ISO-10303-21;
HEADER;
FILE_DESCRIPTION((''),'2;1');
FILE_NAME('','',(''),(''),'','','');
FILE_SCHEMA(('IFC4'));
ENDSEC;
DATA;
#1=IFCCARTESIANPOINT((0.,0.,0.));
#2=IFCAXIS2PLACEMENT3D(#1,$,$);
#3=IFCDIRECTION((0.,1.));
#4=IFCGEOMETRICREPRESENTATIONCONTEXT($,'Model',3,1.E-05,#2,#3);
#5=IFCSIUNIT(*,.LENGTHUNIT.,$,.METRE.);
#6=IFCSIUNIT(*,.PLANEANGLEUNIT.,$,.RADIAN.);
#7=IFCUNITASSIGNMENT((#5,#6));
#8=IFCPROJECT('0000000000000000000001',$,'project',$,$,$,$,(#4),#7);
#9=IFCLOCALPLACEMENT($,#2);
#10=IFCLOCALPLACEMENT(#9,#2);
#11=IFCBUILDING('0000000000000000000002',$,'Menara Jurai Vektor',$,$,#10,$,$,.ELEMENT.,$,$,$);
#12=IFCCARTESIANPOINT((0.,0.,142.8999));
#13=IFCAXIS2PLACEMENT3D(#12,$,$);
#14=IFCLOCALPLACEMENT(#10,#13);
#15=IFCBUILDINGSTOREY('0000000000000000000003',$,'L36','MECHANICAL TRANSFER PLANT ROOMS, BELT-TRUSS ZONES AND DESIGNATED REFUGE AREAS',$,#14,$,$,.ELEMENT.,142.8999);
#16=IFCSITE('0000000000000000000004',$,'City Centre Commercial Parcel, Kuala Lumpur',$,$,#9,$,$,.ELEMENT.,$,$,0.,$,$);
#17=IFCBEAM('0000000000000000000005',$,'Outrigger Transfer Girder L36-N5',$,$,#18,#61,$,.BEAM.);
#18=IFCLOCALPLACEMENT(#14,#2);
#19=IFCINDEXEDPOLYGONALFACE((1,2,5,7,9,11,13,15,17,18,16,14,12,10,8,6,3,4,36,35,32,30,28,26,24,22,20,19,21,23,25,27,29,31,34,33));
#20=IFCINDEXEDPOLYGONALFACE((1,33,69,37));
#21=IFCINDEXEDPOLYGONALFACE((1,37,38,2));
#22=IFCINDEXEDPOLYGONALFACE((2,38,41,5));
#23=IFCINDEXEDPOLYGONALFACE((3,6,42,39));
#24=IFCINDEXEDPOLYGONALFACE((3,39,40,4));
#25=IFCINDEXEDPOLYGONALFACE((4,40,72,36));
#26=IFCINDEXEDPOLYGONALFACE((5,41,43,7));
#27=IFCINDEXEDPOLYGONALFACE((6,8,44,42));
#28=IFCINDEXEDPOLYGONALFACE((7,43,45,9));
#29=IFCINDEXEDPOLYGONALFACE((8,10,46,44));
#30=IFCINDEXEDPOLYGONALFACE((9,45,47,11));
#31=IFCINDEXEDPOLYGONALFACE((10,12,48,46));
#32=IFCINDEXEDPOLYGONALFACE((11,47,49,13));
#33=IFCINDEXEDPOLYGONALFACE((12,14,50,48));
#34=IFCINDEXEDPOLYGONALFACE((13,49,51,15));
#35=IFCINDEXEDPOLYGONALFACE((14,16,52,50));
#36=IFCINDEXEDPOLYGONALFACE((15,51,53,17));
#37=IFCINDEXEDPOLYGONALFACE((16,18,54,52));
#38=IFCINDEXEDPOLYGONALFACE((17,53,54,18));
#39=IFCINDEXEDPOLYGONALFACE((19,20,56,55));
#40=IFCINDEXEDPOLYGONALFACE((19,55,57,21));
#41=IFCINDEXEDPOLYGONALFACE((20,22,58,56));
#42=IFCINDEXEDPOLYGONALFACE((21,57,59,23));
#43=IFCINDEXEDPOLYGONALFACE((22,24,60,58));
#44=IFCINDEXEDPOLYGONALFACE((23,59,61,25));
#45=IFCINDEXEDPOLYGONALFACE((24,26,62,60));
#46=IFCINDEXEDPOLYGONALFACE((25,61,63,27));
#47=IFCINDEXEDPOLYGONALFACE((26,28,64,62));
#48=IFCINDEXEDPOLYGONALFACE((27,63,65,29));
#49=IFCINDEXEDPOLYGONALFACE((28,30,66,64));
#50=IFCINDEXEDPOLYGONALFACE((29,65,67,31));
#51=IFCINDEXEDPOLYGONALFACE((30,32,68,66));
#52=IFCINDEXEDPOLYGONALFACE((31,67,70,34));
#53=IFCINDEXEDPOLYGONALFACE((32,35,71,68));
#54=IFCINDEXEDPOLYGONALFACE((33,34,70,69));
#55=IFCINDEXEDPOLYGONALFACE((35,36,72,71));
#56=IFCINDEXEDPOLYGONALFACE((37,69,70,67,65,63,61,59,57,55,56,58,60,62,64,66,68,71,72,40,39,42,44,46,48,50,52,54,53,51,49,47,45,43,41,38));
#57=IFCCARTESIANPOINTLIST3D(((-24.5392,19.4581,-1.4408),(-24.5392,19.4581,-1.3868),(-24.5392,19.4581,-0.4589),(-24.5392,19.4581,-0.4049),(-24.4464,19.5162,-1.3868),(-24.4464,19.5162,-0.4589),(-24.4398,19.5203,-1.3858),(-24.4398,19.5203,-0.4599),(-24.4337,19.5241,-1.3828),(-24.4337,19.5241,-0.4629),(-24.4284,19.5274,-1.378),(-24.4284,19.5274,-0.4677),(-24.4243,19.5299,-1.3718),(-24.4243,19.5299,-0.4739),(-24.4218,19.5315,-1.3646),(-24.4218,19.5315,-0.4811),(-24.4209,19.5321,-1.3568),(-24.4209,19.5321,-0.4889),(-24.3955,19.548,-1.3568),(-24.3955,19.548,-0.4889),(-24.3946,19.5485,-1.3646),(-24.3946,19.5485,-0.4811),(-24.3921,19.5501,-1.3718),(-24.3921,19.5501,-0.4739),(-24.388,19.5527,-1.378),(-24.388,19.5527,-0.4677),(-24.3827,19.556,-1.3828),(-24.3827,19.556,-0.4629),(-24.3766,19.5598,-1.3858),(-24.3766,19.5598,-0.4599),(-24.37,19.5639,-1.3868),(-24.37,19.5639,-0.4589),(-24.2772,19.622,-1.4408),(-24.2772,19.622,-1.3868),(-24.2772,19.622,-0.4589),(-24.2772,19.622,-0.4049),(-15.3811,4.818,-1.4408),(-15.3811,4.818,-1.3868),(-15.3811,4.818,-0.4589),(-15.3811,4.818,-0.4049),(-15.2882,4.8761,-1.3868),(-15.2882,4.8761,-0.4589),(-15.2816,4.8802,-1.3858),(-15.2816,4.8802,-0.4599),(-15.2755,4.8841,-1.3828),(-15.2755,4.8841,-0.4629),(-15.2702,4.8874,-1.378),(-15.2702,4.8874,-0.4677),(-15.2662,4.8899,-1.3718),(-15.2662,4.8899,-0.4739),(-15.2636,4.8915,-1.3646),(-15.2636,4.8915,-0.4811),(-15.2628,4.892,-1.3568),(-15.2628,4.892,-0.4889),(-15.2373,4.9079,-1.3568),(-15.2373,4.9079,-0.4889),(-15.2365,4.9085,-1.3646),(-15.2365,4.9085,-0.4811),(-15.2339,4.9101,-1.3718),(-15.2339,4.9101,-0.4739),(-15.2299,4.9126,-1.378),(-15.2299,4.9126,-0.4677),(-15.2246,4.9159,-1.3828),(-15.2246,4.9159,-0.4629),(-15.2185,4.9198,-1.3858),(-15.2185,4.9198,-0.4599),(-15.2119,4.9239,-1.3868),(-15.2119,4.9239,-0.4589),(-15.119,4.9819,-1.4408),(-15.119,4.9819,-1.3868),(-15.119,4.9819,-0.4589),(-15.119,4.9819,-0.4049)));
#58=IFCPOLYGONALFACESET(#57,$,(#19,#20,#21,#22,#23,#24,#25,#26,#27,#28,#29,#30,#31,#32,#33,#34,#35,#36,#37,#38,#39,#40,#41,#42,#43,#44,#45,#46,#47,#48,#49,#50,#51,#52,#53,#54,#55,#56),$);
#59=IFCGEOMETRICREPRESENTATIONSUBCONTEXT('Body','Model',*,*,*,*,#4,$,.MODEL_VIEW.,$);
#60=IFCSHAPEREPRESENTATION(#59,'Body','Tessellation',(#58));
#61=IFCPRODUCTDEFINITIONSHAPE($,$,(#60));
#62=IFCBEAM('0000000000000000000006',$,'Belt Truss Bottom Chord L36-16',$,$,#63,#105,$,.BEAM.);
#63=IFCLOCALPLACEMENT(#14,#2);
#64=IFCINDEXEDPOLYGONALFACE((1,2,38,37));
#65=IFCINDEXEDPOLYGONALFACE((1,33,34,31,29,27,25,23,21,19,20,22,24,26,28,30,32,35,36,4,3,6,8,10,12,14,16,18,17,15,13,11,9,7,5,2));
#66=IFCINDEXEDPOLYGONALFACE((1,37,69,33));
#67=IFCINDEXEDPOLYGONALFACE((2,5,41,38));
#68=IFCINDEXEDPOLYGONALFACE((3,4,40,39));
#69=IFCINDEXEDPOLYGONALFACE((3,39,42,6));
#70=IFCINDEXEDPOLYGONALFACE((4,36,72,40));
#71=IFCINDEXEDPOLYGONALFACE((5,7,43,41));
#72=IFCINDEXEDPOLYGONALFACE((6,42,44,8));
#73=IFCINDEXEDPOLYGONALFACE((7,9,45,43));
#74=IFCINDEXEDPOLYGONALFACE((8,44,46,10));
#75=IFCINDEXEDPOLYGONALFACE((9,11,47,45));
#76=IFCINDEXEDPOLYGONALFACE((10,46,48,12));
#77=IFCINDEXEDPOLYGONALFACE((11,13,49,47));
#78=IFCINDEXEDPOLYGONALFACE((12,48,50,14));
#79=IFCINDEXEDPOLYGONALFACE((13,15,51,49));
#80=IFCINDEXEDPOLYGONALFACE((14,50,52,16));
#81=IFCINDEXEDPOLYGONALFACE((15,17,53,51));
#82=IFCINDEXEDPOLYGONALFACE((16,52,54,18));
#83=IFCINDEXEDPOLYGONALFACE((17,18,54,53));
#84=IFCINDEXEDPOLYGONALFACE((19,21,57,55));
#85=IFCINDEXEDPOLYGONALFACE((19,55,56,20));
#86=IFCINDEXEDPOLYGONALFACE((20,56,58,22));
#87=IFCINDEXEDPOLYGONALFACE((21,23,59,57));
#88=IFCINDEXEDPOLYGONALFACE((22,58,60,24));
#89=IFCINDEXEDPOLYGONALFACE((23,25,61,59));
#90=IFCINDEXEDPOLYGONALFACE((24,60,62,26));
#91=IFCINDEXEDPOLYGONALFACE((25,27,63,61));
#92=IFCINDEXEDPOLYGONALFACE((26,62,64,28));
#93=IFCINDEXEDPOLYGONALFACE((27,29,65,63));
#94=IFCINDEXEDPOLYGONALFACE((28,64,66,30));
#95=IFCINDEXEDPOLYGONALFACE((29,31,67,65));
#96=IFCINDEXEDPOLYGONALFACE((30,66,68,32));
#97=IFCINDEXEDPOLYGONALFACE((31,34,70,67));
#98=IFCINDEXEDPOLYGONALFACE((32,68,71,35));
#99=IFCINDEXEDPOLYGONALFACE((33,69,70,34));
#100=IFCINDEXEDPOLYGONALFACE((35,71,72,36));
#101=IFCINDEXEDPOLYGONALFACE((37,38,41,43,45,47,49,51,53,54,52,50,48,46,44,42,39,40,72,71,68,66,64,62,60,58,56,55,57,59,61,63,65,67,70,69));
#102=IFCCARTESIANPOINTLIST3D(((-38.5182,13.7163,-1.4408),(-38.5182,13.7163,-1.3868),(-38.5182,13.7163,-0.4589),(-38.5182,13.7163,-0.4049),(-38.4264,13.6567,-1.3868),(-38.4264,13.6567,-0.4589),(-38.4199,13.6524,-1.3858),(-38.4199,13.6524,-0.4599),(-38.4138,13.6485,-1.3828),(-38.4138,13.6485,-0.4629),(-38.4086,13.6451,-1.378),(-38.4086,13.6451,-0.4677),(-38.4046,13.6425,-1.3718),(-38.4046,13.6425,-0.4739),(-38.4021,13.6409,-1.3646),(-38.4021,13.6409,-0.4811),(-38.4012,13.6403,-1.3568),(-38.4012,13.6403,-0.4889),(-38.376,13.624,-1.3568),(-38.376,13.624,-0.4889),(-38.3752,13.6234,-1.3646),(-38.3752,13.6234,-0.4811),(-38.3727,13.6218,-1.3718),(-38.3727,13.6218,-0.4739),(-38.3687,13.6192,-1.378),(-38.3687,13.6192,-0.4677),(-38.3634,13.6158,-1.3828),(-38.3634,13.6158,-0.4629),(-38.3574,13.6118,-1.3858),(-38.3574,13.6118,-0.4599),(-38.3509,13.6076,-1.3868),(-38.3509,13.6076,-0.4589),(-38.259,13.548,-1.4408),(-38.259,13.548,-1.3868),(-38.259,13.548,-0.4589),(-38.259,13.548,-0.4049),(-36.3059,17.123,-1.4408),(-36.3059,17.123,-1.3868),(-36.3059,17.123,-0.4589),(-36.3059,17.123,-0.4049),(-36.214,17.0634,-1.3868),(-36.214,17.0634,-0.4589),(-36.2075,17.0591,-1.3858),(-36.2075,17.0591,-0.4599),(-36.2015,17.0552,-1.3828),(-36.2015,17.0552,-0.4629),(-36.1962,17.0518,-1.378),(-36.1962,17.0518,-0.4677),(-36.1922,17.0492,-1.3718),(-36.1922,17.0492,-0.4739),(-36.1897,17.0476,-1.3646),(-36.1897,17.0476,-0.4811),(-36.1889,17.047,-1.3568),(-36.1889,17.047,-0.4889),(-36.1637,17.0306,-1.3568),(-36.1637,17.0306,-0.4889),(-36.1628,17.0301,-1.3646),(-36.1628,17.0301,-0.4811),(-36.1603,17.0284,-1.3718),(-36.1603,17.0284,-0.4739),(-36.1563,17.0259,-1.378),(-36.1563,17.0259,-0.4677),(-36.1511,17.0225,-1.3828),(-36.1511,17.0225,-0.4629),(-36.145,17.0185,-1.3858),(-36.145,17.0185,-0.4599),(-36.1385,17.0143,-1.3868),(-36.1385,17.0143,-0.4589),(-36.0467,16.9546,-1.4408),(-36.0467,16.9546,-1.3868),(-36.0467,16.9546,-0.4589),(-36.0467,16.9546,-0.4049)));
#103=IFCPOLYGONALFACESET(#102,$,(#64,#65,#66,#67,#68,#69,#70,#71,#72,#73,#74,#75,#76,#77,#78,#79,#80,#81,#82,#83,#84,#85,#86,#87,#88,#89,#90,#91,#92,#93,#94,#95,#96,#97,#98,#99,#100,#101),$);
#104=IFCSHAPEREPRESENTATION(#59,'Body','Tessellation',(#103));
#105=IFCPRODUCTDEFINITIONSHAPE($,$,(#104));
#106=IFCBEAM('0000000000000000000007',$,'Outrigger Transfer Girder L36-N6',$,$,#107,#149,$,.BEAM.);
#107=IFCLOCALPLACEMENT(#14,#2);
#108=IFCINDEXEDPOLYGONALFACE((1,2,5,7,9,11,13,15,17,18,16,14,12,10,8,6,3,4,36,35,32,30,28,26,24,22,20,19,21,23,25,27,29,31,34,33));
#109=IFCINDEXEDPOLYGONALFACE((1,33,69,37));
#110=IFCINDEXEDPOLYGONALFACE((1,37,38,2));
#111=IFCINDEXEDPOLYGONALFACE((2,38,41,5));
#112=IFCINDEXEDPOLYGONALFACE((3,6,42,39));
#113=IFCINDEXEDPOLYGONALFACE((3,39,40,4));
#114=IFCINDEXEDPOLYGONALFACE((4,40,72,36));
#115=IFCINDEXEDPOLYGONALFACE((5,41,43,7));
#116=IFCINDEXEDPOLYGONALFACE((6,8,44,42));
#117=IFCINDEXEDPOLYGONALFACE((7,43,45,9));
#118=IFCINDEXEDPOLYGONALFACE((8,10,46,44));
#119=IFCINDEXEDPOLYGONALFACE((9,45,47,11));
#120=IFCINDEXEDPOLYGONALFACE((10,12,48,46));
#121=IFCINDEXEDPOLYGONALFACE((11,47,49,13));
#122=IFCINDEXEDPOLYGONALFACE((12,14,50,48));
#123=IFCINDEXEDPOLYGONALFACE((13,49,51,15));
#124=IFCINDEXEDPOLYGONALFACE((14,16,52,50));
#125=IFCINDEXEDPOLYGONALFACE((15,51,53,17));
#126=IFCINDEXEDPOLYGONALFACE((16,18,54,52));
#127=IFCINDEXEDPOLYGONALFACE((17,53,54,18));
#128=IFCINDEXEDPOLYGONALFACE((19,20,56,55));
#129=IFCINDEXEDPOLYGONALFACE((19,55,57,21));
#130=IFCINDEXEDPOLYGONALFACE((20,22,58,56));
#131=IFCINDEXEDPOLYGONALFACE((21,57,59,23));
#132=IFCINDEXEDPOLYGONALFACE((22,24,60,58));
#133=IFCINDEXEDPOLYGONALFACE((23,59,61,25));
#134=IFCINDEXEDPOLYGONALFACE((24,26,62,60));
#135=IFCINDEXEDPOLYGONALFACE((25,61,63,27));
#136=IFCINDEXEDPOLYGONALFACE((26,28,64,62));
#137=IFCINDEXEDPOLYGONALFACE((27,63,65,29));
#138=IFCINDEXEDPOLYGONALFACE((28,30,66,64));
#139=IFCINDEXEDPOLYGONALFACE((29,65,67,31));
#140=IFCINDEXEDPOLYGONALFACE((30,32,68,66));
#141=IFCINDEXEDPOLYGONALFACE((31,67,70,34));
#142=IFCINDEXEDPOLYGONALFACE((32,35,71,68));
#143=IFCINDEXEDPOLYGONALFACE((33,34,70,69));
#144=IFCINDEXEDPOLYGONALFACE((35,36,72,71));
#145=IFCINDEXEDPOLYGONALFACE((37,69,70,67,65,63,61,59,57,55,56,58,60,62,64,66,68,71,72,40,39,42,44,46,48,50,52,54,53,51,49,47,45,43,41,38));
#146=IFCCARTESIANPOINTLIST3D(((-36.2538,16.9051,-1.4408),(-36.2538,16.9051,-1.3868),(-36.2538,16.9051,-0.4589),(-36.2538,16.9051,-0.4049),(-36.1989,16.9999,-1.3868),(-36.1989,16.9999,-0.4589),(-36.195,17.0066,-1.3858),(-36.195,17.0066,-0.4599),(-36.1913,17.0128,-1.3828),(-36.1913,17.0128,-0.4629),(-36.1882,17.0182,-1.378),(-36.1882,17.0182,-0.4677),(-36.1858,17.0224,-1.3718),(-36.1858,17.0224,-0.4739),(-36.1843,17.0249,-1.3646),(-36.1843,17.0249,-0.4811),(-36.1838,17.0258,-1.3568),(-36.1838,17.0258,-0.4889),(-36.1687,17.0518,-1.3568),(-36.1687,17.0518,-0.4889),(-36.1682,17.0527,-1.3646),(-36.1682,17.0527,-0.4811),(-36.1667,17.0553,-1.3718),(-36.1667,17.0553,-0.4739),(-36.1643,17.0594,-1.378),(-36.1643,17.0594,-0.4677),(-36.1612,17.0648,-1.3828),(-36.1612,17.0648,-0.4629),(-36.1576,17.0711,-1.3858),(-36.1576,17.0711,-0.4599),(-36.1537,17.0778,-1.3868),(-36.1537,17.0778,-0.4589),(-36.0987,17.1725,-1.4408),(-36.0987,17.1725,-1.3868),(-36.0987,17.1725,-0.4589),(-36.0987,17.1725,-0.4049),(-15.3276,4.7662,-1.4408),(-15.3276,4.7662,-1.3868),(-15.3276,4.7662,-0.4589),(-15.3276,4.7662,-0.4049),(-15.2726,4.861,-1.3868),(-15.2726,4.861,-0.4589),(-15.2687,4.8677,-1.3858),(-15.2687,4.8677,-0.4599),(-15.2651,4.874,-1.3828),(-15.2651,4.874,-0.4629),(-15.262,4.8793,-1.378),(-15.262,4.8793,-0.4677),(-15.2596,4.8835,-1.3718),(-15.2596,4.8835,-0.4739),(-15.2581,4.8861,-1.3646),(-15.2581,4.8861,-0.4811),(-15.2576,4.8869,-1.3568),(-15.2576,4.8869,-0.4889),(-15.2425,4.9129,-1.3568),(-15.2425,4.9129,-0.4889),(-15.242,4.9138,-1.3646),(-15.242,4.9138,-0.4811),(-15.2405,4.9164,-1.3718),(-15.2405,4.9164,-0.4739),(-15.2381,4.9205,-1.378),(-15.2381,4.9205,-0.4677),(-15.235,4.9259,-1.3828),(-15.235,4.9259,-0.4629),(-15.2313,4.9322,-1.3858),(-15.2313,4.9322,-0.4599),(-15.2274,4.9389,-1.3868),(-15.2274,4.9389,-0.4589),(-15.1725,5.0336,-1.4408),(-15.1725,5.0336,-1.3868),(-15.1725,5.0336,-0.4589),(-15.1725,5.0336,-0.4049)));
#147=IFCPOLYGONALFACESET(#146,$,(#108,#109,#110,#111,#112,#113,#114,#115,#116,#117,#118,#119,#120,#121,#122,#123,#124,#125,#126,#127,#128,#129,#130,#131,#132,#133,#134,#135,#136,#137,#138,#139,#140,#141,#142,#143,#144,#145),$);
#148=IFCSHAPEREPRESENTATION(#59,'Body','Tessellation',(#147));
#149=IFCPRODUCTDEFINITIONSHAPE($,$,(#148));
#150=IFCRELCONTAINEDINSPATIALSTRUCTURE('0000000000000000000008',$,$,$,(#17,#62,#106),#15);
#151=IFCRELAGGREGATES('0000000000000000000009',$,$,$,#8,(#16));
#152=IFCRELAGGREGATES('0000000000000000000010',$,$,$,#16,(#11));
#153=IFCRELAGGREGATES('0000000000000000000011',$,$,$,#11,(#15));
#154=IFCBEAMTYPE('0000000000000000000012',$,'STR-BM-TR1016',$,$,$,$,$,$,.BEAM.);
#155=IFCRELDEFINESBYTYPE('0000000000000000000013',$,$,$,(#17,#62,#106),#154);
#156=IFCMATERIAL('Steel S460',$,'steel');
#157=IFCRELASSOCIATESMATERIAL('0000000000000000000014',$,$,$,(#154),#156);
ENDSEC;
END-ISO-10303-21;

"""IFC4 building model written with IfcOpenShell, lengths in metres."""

from ifc_helpers import new_model, si_unit, direction, frame, origin, origin_2d, place, context, subcontext, project, spatial, i_section, extrude, material, material_profile, profile_set, type_object, element, save


model = new_model("IFC4")

# Units and contexts
model_context = context("Model", 3, precision=1e-05, world=origin(), true_north=direction((0.0, 1.0)))
body_context = subcontext(model_context, "Body", "Model", "MODEL_VIEW")
ifc_project = project(units=[si_unit("LENGTHUNIT", "METRE"), si_unit("PLANEANGLEUNIT", "RADIAN")], contexts=[model_context])

# Site, building, storey
site_placement = place(None, origin())
site = spatial("IfcSite", under=ifc_project, at=site_placement, Name="City Centre Commercial Parcel, Kuala Lumpur", CompositionType="ELEMENT", RefElevation=0.0)
building_placement = place(site_placement, origin())
building = spatial("IfcBuilding", under=site, at=building_placement, Name="Menara Jurai Vektor", CompositionType="ELEMENT")
storey_placement = place(building_placement, frame((0.0, 0.0, 142.8999)))
storey = spatial("IfcBuildingStorey", under=building, at=storey_placement, Name="L36", Description="MECHANICAL TRANSFER PLANT ROOMS, BELT-TRUSS ZONES AND DESIGNATED REFUGE AREAS", CompositionType="ELEMENT", Elevation=142.8999)

# Shared definitions
ifc_material_1 = material(Name="Steel S460", Category="steel")

# Beams
ifc_material_profile_1 = material_profile(ifc_material_1, i_section(OverallWidth=0.3091, OverallDepth=1.0359, WebThickness=0.03, FlangeThickness=0.054, FilletRadius=0.03, at=origin_2d()), Name="UKB 1016x305x487")
ifc_profile_set_1 = profile_set([ifc_material_profile_1], Name="Steel S460")
beam_type_1 = type_object("IfcBeamType", Name="STR-BM-TR1016", PredefinedType="BEAM", material=ifc_profile_set_1)
beam_1_placement = place(storey_placement, frame((-24.4082, 19.54, -0.9229), z_axis=(0.530337, -0.847787, 0.0), x_axis=(0.847787, 0.530337, 0.0)))
element("IfcBeam", 1, at=beam_1_placement, inside=storey, type_object=beam_type_1, Name="Outrigger Transfer Girder L36-N5", PredefinedType="BEAM", context=body_context, shape_type="SweptSolid", body=[
    extrude(i_section(OverallWidth=0.3091, OverallDepth=1.0359, WebThickness=0.03, FlangeThickness=0.054, FilletRadius=0.03, at=origin_2d()), origin(), (0.0, 0.0, 1.0), 17.2686),
])
beam_2_placement = place(storey_placement, frame((-36.1763, 17.0388, -0.9229), z_axis=(-0.544646, -0.838666, 0.0), x_axis=(0.838666, -0.544646, 0.0)))
element("IfcBeam", 2, at=beam_2_placement, inside=storey, type_object=beam_type_1, Name="Belt Truss Bottom Chord L36-16", PredefinedType="BEAM", context=body_context, shape_type="SweptSolid", body=[
    extrude(i_section(OverallWidth=0.3091, OverallDepth=1.0359, WebThickness=0.03, FlangeThickness=0.054, FilletRadius=0.03, at=origin_2d()), origin(), (0.0, 0.0, 1.0), 4.062),
])
beam_3_placement = place(storey_placement, frame((-36.1763, 17.0388, -0.9229), z_axis=(0.865001, -0.50177, 0.0), x_axis=(0.50177, 0.865001, 0.0)))
element("IfcBeam", 3, at=beam_3_placement, inside=storey, type_object=beam_type_1, Name="Outrigger Transfer Girder L36-N6", PredefinedType="BEAM", context=body_context, shape_type="SweptSolid", body=[
    extrude(i_section(OverallWidth=0.3091, OverallDepth=1.0359, WebThickness=0.03, FlangeThickness=0.054, FilletRadius=0.03, at=origin_2d()), origin(), (0.0, 0.0, 1.0), 24.1921),
])

save(model, "model.ifc")
